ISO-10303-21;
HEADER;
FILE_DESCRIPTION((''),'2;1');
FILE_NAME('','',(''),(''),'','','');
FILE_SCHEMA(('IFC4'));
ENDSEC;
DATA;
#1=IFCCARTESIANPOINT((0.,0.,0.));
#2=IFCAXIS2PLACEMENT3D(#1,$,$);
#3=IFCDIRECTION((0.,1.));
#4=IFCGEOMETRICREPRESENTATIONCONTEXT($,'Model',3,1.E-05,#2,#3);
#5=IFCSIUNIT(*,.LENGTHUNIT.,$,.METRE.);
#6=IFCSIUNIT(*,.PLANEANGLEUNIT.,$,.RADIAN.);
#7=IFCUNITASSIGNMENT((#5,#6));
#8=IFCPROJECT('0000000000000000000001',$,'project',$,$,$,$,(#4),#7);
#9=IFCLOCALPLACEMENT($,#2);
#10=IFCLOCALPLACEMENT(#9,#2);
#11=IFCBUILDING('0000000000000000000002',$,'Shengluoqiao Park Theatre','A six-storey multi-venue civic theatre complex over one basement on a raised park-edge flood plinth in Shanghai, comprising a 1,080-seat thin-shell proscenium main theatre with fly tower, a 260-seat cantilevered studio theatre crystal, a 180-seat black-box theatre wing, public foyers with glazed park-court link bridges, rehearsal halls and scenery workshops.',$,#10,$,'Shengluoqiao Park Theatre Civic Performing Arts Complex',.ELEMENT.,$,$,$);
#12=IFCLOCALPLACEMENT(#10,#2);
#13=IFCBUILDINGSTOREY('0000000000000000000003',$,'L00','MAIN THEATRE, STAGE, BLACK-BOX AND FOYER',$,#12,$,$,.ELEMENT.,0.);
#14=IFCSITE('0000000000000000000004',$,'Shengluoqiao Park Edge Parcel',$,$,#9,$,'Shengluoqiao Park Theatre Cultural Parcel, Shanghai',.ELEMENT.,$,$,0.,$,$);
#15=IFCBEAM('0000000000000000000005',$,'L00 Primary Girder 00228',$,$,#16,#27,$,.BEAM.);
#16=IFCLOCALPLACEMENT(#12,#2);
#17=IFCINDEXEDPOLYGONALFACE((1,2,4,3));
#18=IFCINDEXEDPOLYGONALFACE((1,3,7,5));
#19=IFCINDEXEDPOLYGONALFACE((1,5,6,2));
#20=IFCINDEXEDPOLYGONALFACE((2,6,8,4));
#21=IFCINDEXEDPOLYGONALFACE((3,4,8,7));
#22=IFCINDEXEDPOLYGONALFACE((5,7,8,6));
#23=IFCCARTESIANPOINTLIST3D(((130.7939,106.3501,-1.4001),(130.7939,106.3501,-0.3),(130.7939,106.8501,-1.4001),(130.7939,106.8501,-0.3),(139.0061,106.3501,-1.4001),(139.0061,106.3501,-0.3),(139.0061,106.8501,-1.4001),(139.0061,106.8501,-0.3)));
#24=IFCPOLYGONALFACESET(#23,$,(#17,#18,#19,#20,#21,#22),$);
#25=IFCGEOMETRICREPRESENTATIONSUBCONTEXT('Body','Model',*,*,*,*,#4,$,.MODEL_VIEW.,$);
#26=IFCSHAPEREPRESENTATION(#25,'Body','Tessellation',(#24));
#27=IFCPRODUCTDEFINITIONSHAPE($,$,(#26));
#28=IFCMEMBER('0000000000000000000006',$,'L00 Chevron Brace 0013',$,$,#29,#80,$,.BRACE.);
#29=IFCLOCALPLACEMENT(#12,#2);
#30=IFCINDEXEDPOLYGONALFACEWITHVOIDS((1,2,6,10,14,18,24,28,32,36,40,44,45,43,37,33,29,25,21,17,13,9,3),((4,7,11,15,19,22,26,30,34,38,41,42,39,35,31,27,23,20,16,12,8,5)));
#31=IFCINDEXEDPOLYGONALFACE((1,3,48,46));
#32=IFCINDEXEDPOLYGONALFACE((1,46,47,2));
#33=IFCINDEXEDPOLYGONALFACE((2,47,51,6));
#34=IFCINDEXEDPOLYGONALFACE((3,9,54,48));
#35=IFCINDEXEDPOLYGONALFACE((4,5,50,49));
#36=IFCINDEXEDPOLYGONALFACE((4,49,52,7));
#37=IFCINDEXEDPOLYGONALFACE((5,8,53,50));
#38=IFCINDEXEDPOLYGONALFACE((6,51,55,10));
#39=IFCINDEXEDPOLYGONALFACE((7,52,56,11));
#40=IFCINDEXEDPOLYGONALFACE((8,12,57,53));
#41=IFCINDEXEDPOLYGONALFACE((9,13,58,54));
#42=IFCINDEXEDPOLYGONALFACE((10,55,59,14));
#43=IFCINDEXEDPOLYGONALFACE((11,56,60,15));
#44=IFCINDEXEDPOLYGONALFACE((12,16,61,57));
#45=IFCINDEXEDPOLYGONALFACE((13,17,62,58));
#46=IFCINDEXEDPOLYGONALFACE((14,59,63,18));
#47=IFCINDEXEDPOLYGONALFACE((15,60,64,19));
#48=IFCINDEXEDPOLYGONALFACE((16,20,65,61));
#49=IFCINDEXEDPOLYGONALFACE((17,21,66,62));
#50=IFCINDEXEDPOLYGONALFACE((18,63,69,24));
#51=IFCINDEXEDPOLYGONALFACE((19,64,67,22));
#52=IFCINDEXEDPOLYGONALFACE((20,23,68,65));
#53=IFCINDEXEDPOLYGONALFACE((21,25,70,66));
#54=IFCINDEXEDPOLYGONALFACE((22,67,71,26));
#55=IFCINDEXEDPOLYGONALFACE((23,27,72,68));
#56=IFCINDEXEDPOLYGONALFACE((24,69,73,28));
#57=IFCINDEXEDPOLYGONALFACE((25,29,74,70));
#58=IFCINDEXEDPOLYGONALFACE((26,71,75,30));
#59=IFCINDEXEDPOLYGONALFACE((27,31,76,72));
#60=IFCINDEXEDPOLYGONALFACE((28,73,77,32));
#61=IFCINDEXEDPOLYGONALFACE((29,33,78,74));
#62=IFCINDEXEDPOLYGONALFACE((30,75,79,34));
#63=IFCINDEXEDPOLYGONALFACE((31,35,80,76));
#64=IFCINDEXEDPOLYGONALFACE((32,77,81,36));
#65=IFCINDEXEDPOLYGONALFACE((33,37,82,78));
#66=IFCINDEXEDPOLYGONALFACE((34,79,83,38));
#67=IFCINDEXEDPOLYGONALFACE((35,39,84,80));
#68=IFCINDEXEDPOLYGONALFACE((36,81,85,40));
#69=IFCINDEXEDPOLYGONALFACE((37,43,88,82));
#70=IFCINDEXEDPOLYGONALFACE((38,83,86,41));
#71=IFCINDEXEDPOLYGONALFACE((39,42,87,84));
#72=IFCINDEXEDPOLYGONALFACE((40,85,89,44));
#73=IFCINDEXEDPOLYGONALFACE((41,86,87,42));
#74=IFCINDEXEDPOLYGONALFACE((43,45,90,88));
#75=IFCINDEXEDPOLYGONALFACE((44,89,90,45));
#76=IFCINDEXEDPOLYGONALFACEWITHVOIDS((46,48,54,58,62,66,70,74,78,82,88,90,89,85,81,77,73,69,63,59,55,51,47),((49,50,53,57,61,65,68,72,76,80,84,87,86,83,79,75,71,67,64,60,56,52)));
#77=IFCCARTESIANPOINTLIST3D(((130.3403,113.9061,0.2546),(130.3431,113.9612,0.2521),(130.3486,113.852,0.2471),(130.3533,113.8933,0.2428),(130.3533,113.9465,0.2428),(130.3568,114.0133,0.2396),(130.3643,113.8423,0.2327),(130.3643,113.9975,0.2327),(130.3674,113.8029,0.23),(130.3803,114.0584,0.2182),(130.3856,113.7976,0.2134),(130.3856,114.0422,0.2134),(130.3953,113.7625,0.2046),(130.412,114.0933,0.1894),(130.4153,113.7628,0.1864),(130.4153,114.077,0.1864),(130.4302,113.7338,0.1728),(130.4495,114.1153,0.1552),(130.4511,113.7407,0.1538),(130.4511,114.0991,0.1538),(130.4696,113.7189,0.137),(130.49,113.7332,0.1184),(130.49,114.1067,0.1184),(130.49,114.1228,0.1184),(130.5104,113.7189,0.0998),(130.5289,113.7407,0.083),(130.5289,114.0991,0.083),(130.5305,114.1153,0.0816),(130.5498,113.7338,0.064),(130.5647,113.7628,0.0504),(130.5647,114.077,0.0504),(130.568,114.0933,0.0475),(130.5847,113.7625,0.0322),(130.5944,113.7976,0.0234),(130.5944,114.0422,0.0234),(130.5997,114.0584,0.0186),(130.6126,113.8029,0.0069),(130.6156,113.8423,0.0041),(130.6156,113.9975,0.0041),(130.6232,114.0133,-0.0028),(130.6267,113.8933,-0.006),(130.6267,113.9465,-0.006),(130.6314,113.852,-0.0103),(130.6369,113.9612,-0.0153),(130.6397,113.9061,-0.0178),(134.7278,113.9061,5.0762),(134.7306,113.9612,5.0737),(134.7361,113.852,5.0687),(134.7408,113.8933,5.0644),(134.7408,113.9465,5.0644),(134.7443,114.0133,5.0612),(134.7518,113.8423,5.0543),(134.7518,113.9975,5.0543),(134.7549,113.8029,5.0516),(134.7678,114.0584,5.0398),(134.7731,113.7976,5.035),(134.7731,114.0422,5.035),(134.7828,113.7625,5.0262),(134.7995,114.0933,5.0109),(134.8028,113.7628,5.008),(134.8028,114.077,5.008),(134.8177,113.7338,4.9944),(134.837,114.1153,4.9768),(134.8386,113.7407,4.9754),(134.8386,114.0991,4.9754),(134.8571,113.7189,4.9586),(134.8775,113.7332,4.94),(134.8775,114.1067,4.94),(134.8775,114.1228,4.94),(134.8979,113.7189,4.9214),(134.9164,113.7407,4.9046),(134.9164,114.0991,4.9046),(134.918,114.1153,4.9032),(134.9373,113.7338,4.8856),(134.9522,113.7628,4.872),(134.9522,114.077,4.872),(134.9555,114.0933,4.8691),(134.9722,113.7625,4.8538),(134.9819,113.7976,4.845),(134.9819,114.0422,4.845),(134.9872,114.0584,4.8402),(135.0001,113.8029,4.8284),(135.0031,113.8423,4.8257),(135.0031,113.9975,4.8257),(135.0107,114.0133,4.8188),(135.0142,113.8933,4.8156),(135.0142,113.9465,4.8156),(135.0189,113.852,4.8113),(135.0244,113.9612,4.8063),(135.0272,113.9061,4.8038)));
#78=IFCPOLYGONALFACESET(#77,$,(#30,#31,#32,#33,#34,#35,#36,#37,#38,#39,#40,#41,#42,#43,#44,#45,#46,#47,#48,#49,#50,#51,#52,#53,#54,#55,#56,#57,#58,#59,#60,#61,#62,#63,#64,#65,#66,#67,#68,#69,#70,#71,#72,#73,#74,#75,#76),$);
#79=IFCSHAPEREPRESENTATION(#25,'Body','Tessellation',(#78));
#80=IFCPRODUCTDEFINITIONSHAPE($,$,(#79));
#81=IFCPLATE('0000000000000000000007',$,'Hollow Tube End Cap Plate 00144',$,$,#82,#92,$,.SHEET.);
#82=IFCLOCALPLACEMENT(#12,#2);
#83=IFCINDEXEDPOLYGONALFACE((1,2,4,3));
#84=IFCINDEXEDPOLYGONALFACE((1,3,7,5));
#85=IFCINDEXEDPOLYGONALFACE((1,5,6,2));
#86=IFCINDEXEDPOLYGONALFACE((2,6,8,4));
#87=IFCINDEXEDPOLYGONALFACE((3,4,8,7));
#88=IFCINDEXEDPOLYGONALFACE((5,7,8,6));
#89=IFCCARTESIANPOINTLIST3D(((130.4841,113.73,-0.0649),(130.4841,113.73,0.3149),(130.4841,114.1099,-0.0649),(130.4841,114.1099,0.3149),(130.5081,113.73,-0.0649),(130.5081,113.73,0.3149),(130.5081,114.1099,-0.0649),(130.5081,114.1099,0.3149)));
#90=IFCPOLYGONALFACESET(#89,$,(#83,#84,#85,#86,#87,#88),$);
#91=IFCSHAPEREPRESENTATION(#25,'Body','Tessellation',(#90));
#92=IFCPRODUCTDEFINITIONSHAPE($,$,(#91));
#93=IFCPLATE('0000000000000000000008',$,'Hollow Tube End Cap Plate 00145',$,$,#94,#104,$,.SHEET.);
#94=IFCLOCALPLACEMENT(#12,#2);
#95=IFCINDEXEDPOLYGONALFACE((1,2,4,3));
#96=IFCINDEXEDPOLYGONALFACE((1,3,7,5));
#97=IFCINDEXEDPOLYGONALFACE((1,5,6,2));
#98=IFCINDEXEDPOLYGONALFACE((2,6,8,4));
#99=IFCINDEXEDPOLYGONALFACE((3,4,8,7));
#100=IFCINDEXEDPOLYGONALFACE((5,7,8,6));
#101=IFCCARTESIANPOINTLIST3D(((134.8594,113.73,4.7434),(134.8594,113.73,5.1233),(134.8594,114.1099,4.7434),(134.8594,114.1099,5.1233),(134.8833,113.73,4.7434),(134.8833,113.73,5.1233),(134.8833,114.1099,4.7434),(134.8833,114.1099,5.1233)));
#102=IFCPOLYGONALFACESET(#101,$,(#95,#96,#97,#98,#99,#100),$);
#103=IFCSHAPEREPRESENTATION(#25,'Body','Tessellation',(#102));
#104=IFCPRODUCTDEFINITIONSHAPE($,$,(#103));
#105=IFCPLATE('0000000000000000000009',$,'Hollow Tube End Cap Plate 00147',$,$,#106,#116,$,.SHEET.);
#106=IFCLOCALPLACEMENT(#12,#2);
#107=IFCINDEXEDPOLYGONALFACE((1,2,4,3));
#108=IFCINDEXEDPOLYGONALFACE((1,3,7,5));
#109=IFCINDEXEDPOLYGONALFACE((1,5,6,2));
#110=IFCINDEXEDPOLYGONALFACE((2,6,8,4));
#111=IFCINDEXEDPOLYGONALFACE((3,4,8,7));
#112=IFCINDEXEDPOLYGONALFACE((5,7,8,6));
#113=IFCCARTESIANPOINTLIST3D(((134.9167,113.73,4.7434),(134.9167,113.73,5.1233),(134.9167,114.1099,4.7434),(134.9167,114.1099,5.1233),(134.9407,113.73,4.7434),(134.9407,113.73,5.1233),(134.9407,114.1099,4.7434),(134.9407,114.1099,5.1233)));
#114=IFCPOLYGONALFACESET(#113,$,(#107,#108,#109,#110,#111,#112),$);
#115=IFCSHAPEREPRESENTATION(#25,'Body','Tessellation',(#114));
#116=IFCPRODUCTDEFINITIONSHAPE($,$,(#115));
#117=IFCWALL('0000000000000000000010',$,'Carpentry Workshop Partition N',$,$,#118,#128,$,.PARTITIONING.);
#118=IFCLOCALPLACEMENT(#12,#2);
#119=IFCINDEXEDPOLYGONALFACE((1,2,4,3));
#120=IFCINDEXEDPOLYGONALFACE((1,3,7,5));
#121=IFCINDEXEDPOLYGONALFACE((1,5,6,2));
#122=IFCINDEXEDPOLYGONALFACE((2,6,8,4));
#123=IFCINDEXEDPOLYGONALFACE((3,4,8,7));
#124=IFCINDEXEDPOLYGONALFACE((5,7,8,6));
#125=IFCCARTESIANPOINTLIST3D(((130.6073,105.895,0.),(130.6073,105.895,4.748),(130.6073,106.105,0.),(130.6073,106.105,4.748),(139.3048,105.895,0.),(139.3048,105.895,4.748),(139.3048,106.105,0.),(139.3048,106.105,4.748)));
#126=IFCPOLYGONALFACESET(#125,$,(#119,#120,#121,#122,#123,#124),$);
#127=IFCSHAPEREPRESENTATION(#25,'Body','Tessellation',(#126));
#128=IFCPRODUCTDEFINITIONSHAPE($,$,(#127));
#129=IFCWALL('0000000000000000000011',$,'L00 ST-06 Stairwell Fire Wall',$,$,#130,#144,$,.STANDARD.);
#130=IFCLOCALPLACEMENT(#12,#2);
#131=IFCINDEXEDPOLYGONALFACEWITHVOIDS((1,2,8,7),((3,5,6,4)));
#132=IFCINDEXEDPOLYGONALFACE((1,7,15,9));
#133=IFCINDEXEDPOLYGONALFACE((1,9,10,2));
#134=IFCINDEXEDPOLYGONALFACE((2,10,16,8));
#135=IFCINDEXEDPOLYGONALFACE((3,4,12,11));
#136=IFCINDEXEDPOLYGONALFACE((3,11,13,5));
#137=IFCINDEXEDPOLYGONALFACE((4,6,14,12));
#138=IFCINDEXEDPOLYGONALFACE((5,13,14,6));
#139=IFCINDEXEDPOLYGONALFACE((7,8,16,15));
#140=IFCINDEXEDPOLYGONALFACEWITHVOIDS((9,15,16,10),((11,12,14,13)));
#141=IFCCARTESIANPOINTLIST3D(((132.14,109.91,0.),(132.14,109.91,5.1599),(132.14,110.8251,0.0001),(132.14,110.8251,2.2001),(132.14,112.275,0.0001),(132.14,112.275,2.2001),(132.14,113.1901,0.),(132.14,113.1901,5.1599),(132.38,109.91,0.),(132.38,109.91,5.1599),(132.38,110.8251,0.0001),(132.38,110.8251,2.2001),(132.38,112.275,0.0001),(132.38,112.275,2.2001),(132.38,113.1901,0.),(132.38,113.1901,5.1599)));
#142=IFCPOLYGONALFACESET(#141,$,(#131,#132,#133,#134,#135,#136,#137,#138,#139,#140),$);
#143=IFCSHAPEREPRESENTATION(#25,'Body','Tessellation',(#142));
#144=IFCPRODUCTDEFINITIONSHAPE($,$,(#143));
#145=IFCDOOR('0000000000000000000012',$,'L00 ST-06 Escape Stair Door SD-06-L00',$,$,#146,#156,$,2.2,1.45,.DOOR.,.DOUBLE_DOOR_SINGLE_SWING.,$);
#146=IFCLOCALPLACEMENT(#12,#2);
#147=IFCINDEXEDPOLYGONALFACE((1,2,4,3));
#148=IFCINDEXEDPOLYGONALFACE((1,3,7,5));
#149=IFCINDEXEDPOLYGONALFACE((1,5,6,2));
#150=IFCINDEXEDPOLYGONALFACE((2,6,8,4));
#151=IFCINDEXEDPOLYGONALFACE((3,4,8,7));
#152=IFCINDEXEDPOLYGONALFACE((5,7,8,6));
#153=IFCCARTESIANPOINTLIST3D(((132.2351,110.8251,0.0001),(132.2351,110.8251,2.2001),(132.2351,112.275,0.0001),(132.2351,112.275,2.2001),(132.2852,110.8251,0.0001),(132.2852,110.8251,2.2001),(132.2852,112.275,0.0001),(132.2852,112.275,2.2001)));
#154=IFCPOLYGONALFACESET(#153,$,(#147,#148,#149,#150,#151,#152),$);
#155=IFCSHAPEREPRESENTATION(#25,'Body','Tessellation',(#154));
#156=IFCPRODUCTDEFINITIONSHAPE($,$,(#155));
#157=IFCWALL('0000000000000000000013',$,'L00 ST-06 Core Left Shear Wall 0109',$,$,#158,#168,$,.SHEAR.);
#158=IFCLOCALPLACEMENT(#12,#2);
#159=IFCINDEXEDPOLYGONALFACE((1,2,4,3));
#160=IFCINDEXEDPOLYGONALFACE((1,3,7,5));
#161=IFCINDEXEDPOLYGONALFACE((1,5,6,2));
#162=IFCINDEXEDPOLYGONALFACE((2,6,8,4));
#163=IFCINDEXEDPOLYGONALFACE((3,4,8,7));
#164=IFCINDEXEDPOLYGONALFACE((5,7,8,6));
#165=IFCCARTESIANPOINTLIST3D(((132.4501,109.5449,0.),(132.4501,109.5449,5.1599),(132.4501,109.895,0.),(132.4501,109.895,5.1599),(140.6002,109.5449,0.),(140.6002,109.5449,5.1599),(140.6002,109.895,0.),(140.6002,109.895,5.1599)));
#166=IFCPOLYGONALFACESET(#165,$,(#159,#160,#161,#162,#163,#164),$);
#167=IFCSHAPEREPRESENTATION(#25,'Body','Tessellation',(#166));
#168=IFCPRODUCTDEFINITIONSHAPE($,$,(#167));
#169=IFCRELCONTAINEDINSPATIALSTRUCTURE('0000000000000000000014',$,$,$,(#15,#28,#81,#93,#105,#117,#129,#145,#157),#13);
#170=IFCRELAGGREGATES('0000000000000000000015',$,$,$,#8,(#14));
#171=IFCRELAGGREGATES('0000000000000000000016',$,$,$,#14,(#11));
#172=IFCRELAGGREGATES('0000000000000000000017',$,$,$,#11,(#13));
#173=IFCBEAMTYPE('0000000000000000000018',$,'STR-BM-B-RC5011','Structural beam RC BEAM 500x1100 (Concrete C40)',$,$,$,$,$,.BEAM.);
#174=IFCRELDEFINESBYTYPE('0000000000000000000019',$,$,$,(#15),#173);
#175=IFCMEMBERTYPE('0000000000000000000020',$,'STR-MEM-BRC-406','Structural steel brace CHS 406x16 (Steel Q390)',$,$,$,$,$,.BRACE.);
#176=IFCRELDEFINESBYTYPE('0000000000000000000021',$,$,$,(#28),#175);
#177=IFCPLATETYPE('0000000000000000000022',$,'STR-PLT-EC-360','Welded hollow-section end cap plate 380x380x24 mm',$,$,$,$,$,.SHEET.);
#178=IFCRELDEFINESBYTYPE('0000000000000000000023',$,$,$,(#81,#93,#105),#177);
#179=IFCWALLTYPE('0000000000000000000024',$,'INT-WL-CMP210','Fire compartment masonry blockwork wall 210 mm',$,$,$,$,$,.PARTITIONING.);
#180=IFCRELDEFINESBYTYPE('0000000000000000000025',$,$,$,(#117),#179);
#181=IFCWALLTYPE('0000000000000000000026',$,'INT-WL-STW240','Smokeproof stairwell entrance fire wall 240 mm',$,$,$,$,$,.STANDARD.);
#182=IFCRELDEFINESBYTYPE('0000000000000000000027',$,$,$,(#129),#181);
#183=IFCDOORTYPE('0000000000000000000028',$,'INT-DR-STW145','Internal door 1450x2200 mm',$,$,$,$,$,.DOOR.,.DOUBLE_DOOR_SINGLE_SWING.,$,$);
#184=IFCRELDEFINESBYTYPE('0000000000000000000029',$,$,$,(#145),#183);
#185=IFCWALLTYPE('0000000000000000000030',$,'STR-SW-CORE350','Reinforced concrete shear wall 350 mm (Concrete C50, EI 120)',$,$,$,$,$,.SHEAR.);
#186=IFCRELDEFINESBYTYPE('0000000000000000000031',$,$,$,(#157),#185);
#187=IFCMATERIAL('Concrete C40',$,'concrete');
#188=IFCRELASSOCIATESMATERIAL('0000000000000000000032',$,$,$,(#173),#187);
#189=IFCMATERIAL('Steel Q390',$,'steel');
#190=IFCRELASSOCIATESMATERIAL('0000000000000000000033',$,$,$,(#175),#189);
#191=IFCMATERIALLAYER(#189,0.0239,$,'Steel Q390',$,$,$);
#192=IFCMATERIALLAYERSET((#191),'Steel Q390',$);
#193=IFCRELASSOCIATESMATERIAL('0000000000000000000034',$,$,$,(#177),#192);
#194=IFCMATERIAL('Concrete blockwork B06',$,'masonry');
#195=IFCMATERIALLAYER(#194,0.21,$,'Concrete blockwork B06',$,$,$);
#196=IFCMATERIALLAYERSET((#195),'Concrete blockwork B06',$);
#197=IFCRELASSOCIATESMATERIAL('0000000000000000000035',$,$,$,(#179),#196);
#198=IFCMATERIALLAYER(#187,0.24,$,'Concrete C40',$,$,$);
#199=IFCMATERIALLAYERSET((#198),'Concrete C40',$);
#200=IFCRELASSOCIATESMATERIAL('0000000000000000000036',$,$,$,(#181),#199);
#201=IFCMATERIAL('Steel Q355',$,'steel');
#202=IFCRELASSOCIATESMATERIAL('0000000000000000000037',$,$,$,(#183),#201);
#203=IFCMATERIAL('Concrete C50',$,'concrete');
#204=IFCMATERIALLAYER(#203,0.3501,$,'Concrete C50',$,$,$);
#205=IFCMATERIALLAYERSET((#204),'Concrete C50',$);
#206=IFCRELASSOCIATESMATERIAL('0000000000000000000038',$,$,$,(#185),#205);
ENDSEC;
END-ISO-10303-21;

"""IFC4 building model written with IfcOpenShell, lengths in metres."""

from ifc_helpers import new_model, si_unit, direction, frame, frame_2d, origin, origin_2d, place, context, subcontext, project, spatial, rectangle, hollow_circle, extrude, material, layer, layer_set, material_profile, profile_set, type_object, element, fill, save


model = new_model("IFC4")

# Units and contexts
model_context = context("Model", 3, precision=1e-05, world=origin(), true_north=direction((0.0, 1.0)))
body_context = subcontext(model_context, "Body", "Model", "MODEL_VIEW")
ifc_project = project(units=[si_unit("LENGTHUNIT", "METRE"), si_unit("PLANEANGLEUNIT", "RADIAN")], contexts=[model_context])

# Site, building, storey
site_placement = place(None, origin())
site = spatial("IfcSite", under=ifc_project, at=site_placement, Name="Shengluoqiao Park Edge Parcel", LongName="Shengluoqiao Park Theatre Cultural Parcel, Shanghai", CompositionType="ELEMENT", RefElevation=0.0)
building_placement = place(site_placement, origin())
building = spatial("IfcBuilding", under=site, at=building_placement, Name="Shengluoqiao Park Theatre", Description="A six-storey multi-venue civic theatre complex over one basement on a raised park-edge flood plinth in Shanghai, comprising a 1,080-seat thin-shell proscenium main theatre with fly tower, a 260-seat cantilevered studio theatre crystal, a 180-seat black-box theatre wing, public foyers with glazed park-court link bridges, rehearsal halls and scenery workshops.", LongName="Shengluoqiao Park Theatre Civic Performing Arts Complex", CompositionType="ELEMENT")
storey_placement = place(building_placement, origin())
storey = spatial("IfcBuildingStorey", under=building, at=storey_placement, Name="L00", Description="MAIN THEATRE, STAGE, BLACK-BOX AND FOYER", CompositionType="ELEMENT", Elevation=0.0)

# Beam
ifc_material_1 = material(Name="Concrete C40", Category="concrete")
ifc_material_profile_1 = material_profile(ifc_material_1, rectangle(XDim=0.5, YDim=1.1001, at=origin_2d()), Name="RC BEAM 500x1100")
ifc_profile_set_1 = profile_set([ifc_material_profile_1], Name="Concrete C40")
beam_type = type_object("IfcBeamType", Name="STR-BM-B-RC5011", Description="Structural beam RC BEAM 500x1100 (Concrete C40)", PredefinedType="BEAM", material=ifc_profile_set_1)
beam_placement = place(storey_placement, frame((130.7939, 106.6001, -0.8501), z_axis=(1.0, 0.0, 0.0), x_axis=(0.0, 1.0, 0.0)))
element("IfcBeam", 1, at=beam_placement, inside=storey, type_object=beam_type, Name="L00 Primary Girder 00228", PredefinedType="BEAM", context=body_context, shape_type="SweptSolid", body=[
    extrude(rectangle(XDim=0.5, YDim=1.1001, at=origin_2d()), origin(), (0.0, 0.0, 1.0), 8.2122),
])

# Member
ifc_material_2 = material(Name="Steel Q390", Category="steel")
ifc_material_profile_2 = material_profile(ifc_material_2, hollow_circle(Radius=0.2029, WallThickness=0.0161, at=origin_2d()), Name="CHS 406x16")
ifc_profile_set_2 = profile_set([ifc_material_profile_2], Name="Steel Q390")
member_type = type_object("IfcMemberType", Name="STR-MEM-BRC-406", Description="Structural steel brace CHS 406x16 (Steel Q390)", PredefinedType="BRACE", material=ifc_profile_set_2)
member_placement = place(storey_placement, frame((130.49, 113.9199, 0.1184), z_axis=(0.673029, 0.0, 0.739616), x_axis=(0.0, 1.0, 0.0)))
element("IfcMember", 2, at=member_placement, inside=storey, type_object=member_type, Name="L00 Chevron Brace 0013", PredefinedType="BRACE", context=body_context, shape_type="SweptSolid", body=[
    extrude(hollow_circle(Radius=0.2029, WallThickness=0.0161, at=origin_2d()), origin(), (0.0, 0.0, 1.0), 6.519),
])

# Plates
ifc_layer_1 = layer(ifc_material_2, 0.0239, Name="Steel Q390")
ifc_layer_set_1 = layer_set([ifc_layer_1], Name="Steel Q390")
plate_type = type_object("IfcPlateType", Name="STR-PLT-EC-360", Description="Welded hollow-section end cap plate 380x380x24 mm", PredefinedType="SHEET", material=ifc_layer_set_1)
for number, where, z_axis, x_axis, name in (
    (3, (130.4961, 113.9199, -0.0649), (0.0, 0.0, 1.0), (1.0, 0.0, 0.0), "Hollow Tube End Cap Plate 00144"),
    (4, (134.8713, 113.9199, 4.7434), (0.0, 0.0, 1.0), (1.0, 0.0, 0.0), "Hollow Tube End Cap Plate 00145"),
    (5, (134.9287, 113.9199, 4.7434), (0.0, 0.0, 1.0), (-1.0, 0.0, 0.0), "Hollow Tube End Cap Plate 00147"),
):
    element("IfcPlate", number, at=place(storey_placement, frame(where, z_axis=z_axis, x_axis=x_axis)), inside=storey, type_object=plate_type, Name=name, PredefinedType="SHEET", context=body_context, shape_type="SweptSolid", body=[
        extrude(rectangle(XDim=0.0239, YDim=0.3799, at=origin_2d()), origin(), (0.0, 0.0, 1.0), 0.3799),
    ])

# Wall
ifc_material_3 = material(Name="Concrete blockwork B06", Category="masonry")
ifc_layer_2 = layer(ifc_material_3, 0.21, Name="Concrete blockwork B06")
ifc_layer_set_2 = layer_set([ifc_layer_2], Name="Concrete blockwork B06")
wall_type_1 = type_object("IfcWallType", Name="INT-WL-CMP210", Description="Fire compartment masonry blockwork wall 210 mm", PredefinedType="PARTITIONING", material=ifc_layer_set_2)
wall_1_placement = place(storey_placement, frame((130.6074, 106.0, 0.0), z_axis=(0.0, 0.0, 1.0), x_axis=(1.0, 0.0, 0.0)))
element("IfcWall", 6, at=wall_1_placement, inside=storey, type_object=wall_type_1, Name="Carpentry Workshop Partition N", PredefinedType="PARTITIONING", context=body_context, shape_type="SweptSolid", body=[
    extrude(rectangle(XDim=8.6975, YDim=0.21, at=frame_2d((4.3486, 0.0))), origin(), (0.0, 0.0, 1.0), 4.748),
])

# Wall, opening, door
ifc_layer_3 = layer(ifc_material_1, 0.24, Name="Concrete C40")
ifc_layer_set_3 = layer_set([ifc_layer_3], Name="Concrete C40")
wall_type_2 = type_object("IfcWallType", Name="INT-WL-STW240", Description="Smokeproof stairwell entrance fire wall 240 mm", PredefinedType="STANDARD", material=ifc_layer_set_3)
wall_2_placement = place(storey_placement, frame((132.26, 109.9099, 0.0), z_axis=(0.0, 0.0, 1.0), x_axis=(0.0, 1.0, 0.0)))
wall_2 = element("IfcWall", 7, at=wall_2_placement, inside=storey, type_object=wall_type_2, Name="L00 ST-06 Stairwell Fire Wall", PredefinedType="STANDARD", context=body_context, shape_type="SweptSolid", body=[
    extrude(rectangle(XDim=3.28, YDim=0.24, at=frame_2d((1.6401, 0.0))), origin(), (0.0, 0.0, 1.0), 5.1599),
])
opening_placement = place(wall_2_placement, frame((0.915, 0.0, 0.0)))
opening = element("IfcOpeningElement", 8, at=opening_placement, cuts=wall_2, PredefinedType="OPENING", context=body_context, shape_type="SweptSolid", body=[
    extrude(rectangle(XDim=1.45, YDim=2.2, at=frame_2d((0.7251, 1.1001))), frame((0.0, 0.1299, 0.0), z_axis=(0.0, -1.0, 0.0), x_axis=(1.0, 0.0, 0.0)), (0.0, 0.0, 1.0), 0.26),
])
ifc_material_4 = material(Name="Steel Q355", Category="steel")
door_type = type_object("IfcDoorType", Name="INT-DR-STW145", Description="Internal door 1450x2200 mm", OperationType="DOUBLE_DOOR_SINGLE_SWING", PredefinedType="DOOR", material=ifc_material_4)
door_placement = place(opening_placement, origin())
door = element("IfcDoor", 9, at=door_placement, inside=storey, type_object=door_type, Name="L00 ST-06 Escape Stair Door SD-06-L00", OperationType="DOUBLE_DOOR_SINGLE_SWING", OverallHeight=2.2, OverallWidth=1.45, PredefinedType="DOOR", context=body_context, shape_type="SweptSolid", body=[
    extrude(rectangle(XDim=1.45, YDim=2.2, at=frame_2d((0.7251, 1.1001))), frame((0.0, 0.0249, 0.0), z_axis=(0.0, -1.0, 0.0), x_axis=(1.0, 0.0, 0.0)), (0.0, 0.0, 1.0), 0.05),
])
fill(opening, door)

# Wall
ifc_material_5 = material(Name="Concrete C50", Category="concrete")
ifc_layer_4 = layer(ifc_material_5, 0.3501, Name="Concrete C50")
ifc_layer_set_4 = layer_set([ifc_layer_4], Name="Concrete C50")
wall_type_3 = type_object("IfcWallType", Name="STR-SW-CORE350", Description="Reinforced concrete shear wall 350 mm (Concrete C50, EI 120)", PredefinedType="SHEAR", material=ifc_layer_set_4)
wall_3_placement = place(storey_placement, frame((132.45, 109.72, 0.0), z_axis=(0.0, 0.0, 1.0), x_axis=(1.0, 0.0, 0.0)))
element("IfcWall", 10, at=wall_3_placement, inside=storey, type_object=wall_type_3, Name="L00 ST-06 Core Left Shear Wall 0109", PredefinedType="SHEAR", context=body_context, shape_type="SweptSolid", body=[
    extrude(rectangle(XDim=8.1501, YDim=0.3501, at=frame_2d((4.0752, 0.0))), origin(), (0.0, 0.0, 1.0), 5.1599),
])

save(model, "model.ifc")
